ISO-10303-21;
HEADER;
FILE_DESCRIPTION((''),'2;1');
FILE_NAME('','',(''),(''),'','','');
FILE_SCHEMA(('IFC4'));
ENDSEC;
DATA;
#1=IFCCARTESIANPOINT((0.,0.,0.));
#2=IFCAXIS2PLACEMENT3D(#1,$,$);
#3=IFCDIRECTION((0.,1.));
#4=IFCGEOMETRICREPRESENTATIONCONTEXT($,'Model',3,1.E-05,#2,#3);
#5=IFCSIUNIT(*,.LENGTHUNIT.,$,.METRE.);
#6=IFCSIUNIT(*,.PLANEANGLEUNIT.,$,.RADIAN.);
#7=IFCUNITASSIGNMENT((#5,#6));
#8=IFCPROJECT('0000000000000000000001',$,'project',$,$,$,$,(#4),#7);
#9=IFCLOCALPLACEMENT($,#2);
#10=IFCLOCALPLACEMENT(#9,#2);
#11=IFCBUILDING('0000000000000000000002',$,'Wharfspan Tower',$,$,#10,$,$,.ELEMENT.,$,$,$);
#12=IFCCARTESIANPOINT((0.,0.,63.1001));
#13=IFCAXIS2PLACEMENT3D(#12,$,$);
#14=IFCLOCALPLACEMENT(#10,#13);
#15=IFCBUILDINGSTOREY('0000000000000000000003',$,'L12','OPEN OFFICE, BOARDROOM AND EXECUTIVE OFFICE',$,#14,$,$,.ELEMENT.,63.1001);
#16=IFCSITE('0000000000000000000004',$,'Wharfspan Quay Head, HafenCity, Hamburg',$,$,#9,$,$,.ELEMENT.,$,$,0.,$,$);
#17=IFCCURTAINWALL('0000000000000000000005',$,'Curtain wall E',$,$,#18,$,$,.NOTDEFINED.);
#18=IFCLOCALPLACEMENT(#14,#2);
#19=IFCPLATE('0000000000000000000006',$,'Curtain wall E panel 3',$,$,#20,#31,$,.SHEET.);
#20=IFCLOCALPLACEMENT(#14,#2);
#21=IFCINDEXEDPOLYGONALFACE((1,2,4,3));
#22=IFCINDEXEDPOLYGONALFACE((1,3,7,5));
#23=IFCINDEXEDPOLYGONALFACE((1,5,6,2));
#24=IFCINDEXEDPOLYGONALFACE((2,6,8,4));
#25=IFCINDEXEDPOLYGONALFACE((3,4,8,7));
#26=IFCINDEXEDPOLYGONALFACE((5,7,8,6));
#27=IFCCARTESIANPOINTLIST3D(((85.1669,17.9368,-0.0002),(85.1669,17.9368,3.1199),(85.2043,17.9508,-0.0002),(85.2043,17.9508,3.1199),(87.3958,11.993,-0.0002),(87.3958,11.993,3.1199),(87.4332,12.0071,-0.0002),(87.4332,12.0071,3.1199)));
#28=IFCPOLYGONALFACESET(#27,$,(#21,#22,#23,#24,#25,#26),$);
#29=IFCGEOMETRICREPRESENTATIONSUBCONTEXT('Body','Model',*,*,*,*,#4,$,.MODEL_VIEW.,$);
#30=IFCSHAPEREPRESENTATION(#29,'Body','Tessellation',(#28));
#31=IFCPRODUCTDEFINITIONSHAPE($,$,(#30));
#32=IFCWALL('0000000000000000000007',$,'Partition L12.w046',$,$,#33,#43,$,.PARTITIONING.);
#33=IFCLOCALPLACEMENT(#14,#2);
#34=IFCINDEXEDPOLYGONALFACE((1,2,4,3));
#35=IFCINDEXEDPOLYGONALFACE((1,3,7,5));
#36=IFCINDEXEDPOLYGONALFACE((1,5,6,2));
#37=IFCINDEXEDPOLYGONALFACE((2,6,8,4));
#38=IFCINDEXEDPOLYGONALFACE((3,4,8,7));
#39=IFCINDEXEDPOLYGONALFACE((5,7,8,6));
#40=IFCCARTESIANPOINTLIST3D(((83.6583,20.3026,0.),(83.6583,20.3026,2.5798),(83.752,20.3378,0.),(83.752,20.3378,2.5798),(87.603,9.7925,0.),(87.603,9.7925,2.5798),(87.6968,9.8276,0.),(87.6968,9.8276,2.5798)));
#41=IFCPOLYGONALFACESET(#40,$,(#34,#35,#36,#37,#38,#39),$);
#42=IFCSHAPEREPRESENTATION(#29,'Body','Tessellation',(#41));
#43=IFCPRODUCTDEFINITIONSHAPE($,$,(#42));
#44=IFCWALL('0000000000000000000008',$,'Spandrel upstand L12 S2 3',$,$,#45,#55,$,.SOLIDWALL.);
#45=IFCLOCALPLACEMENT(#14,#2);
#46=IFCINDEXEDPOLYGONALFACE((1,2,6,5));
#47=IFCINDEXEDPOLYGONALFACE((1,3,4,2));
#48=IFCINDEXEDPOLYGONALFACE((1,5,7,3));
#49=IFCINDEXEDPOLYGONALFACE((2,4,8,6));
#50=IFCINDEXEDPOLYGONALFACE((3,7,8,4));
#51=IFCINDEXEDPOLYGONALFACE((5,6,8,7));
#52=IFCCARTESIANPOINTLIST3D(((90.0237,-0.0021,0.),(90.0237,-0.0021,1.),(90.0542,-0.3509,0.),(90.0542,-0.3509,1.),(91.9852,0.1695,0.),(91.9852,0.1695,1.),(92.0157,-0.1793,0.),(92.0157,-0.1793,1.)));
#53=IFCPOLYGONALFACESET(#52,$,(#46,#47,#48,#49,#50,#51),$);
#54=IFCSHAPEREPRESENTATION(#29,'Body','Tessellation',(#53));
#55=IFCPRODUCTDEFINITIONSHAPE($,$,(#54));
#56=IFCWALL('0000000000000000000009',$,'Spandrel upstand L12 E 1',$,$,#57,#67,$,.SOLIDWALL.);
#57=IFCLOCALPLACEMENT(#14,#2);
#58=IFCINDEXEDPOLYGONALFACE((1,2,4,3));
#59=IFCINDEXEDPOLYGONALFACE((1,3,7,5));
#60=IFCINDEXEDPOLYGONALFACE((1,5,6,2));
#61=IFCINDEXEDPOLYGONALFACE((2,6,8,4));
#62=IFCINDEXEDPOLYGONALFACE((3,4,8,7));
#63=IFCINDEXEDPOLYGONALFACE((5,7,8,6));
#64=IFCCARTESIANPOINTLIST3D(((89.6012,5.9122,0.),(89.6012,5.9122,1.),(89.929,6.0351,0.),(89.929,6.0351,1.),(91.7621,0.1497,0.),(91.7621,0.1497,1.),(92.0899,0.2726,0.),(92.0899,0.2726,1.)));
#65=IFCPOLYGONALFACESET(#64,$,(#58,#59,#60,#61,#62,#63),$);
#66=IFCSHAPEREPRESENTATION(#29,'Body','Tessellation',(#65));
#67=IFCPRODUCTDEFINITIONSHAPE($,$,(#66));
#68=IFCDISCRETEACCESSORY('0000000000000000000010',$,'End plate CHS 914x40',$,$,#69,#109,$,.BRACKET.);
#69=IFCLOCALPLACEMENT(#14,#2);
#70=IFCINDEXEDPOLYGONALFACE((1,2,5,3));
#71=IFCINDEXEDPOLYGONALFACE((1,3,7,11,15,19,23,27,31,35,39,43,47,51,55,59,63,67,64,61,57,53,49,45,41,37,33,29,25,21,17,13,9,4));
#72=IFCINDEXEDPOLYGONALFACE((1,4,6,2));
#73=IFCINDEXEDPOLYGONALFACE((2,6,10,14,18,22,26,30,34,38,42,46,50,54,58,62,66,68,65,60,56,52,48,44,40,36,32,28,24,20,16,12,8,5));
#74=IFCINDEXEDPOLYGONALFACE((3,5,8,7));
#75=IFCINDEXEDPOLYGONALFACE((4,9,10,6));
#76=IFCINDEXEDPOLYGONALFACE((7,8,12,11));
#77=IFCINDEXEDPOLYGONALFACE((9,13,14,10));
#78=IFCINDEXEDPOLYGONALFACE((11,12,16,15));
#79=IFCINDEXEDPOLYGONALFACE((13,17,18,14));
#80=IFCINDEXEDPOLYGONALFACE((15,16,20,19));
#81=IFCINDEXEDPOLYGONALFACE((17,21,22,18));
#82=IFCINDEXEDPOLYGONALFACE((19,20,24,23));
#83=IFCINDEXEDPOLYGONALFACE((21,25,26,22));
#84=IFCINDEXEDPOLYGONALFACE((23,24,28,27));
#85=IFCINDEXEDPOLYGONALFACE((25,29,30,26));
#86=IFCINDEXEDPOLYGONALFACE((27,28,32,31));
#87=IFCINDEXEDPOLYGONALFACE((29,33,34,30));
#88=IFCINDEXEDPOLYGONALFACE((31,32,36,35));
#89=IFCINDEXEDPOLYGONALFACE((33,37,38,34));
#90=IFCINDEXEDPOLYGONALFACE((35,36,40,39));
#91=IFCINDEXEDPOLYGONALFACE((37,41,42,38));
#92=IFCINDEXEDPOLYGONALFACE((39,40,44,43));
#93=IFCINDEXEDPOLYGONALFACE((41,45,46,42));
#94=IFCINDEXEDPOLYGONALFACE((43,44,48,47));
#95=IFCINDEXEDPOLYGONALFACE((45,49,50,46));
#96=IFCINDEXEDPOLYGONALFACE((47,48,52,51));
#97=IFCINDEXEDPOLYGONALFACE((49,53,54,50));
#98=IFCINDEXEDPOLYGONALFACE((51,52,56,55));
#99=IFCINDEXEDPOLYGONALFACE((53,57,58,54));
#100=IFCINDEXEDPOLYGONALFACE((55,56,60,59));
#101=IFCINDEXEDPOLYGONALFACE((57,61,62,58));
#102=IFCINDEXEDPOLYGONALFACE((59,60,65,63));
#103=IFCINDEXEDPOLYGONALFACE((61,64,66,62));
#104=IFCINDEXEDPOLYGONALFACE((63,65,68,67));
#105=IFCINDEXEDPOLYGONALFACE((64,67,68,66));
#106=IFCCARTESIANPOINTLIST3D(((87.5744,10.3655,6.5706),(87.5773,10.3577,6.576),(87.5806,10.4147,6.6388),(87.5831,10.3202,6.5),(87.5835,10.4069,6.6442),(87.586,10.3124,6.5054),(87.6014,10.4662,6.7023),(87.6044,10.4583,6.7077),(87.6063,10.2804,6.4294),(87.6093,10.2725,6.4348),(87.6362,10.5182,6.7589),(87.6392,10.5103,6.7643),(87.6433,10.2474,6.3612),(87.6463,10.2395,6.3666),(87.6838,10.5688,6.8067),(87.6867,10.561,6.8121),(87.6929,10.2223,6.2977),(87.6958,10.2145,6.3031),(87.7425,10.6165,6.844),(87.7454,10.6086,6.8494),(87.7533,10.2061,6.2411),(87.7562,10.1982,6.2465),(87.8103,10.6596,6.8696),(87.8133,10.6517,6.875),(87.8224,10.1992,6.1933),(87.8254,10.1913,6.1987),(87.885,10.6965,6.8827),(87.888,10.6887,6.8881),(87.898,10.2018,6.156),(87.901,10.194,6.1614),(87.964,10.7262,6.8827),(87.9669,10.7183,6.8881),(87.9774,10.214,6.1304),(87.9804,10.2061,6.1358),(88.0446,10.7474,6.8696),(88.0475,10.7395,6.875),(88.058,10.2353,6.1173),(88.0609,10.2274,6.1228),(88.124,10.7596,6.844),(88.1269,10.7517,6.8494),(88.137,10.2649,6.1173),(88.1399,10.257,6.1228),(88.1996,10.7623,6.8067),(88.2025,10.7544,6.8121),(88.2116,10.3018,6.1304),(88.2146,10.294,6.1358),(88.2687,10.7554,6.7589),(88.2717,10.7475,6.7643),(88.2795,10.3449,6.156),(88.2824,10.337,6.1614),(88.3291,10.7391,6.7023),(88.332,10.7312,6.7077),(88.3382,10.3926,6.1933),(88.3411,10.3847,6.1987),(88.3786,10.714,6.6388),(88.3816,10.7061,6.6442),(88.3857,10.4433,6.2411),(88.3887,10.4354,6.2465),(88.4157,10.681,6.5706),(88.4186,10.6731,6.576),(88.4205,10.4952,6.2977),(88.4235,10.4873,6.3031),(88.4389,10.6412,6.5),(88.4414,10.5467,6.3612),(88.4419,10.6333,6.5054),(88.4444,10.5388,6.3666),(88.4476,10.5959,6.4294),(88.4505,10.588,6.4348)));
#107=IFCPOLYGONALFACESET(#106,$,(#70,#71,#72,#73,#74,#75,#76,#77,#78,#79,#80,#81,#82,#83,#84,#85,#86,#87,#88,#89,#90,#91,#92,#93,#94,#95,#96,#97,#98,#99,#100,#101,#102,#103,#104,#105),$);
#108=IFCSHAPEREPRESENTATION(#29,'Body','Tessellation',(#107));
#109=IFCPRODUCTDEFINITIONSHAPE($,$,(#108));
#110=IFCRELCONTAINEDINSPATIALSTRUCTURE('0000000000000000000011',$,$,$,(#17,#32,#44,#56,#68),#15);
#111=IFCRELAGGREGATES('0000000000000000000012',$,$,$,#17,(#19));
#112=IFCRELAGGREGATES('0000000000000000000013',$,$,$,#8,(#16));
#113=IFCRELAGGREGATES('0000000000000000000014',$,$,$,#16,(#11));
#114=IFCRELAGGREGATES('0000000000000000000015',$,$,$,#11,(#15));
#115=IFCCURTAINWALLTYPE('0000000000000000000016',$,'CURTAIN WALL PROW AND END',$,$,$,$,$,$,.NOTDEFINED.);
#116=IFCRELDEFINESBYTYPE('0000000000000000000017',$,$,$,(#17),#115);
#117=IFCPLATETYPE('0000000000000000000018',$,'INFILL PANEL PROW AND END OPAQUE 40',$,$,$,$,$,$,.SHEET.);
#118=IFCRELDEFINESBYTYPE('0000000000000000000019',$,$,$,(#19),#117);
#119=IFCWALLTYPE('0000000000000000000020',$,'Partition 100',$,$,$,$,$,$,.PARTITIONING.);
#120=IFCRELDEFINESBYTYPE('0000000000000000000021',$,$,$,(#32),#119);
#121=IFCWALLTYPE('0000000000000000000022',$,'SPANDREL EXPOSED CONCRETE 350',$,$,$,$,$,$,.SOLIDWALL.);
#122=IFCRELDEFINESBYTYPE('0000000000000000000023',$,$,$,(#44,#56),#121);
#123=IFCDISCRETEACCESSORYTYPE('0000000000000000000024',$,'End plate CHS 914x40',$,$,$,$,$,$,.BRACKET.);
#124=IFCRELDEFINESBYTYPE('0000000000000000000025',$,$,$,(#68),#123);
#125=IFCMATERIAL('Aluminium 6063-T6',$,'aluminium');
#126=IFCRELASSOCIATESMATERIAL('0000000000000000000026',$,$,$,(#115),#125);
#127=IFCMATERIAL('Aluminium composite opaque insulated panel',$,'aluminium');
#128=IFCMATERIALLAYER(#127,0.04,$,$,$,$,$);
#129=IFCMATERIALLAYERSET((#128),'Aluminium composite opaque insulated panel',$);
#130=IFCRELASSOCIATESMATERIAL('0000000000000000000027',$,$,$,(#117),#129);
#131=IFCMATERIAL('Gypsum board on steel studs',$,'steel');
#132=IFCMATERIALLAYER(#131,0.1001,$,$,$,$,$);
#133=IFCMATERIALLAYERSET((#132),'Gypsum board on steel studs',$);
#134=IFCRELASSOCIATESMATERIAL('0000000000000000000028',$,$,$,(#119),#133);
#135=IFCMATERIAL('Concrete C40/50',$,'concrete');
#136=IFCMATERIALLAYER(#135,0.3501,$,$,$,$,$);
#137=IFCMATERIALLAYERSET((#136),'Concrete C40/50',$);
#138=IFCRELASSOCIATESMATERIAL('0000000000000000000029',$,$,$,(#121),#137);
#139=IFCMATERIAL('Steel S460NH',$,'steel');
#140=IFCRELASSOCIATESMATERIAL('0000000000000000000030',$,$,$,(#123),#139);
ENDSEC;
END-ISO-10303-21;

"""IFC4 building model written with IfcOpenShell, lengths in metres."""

from ifc_helpers import new_model, si_unit, direction, frame, frame_2d, origin, origin_2d, place, context, subcontext, project, spatial, rectangle, circle, extrude, material, layer, layer_set, material_profile, profile_set, type_object, element, aggregate, save


model = new_model("IFC4")

# Units and contexts
model_context = context("Model", 3, precision=1e-05, world=origin(), true_north=direction((0.0, 1.0)))
body_context = subcontext(model_context, "Body", "Model", "MODEL_VIEW")
ifc_project = project(units=[si_unit("LENGTHUNIT", "METRE"), si_unit("PLANEANGLEUNIT", "RADIAN")], contexts=[model_context])

# Site, building, storey
site_placement = place(None, origin())
site = spatial("IfcSite", under=ifc_project, at=site_placement, Name="Wharfspan Quay Head, HafenCity, Hamburg", CompositionType="ELEMENT", RefElevation=0.0)
building_placement = place(site_placement, origin())
building = spatial("IfcBuilding", under=site, at=building_placement, Name="Wharfspan Tower", CompositionType="ELEMENT")
storey_placement = place(building_placement, frame((0.0, 0.0, 63.1001)))
storey = spatial("IfcBuildingStorey", under=building, at=storey_placement, Name="L12", Description="OPEN OFFICE, BOARDROOM AND EXECUTIVE OFFICE", CompositionType="ELEMENT", Elevation=63.1001)

# Curtain wall
ifc_material_1 = material(Name="Aluminium 6063-T6", Category="aluminium")
curtain_wall_type_1 = type_object("IfcCurtainWallType", Name="CURTAIN WALL PROW AND END", PredefinedType="NOTDEFINED", material=ifc_material_1)
curtain_wall_1_placement = place(storey_placement, origin())
curtain_wall_1 = element("IfcCurtainWall", 1, at=curtain_wall_1_placement, inside=storey, type_object=curtain_wall_type_1, Name="Curtain wall E", PredefinedType="NOTDEFINED")

# Shared definitions
ifc_material_2 = material(Name="Steel S460NH", Category="steel")

# Plate
ifc_material_3 = material(Name="Aluminium composite opaque insulated panel", Category="aluminium")
ifc_layer_1 = layer(ifc_material_3, 0.04)
ifc_layer_set_1 = layer_set([ifc_layer_1], Name="Aluminium composite opaque insulated panel")
plate_type_1 = type_object("IfcPlateType", Name="INFILL PANEL PROW AND END OPAQUE 40", PredefinedType="SHEET", material=ifc_layer_set_1)
plate_1_placement = place(storey_placement, frame((86.3, 14.9719, -0.0002), z_axis=(0.0, 0.0, 1.0), x_axis=(-0.351123, 0.936328, 0.0)))
plate_1 = element("IfcPlate", 2, at=plate_1_placement, type_object=plate_type_1, Name="Curtain wall E panel 3", PredefinedType="SHEET", context=body_context, shape_type="SweptSolid", body=[
    extrude(rectangle(XDim=6.3479, YDim=0.04, at=origin_2d()), origin(), (0.0, 0.0, 1.0), 3.1201),
])
aggregate(curtain_wall_1, [plate_1])

# Walls
ifc_material_4 = material(Name="Gypsum board on steel studs", Category="steel")
ifc_layer_2 = layer(ifc_material_4, 0.1001)
ifc_layer_set_2 = layer_set([ifc_layer_2], Name="Gypsum board on steel studs")
wall_type_1 = type_object("IfcWallType", Name="Partition 100", PredefinedType="PARTITIONING", material=ifc_layer_set_2)
wall_1_placement = place(storey_placement, frame((87.6499, 9.8101, 0.0), z_axis=(0.0, 0.0, 1.0), x_axis=(-0.351395, 0.936227, 0.0)))
element("IfcWall", 3, at=wall_1_placement, inside=storey, type_object=wall_type_1, Name="Partition L12.w046", PredefinedType="PARTITIONING", context=body_context, shape_type="SweptSolid", body=[
    extrude(rectangle(XDim=11.2261, YDim=0.1001, at=frame_2d((5.613, 0.0))), origin(), (0.0, 0.0, 1.0), 2.5798),
])
ifc_material_5 = material(Name="Concrete C40/50", Category="concrete")
ifc_layer_3 = layer(ifc_material_5, 0.3501)
ifc_layer_set_3 = layer_set([ifc_layer_3], Name="Concrete C40/50")
wall_type_2 = type_object("IfcWallType", Name="SPANDREL EXPOSED CONCRETE 350", PredefinedType="SOLIDWALL", material=ifc_layer_set_3)
wall_2_placement = place(storey_placement, frame((90.0391, -0.1765, 0.0), z_axis=(0.0, 0.0, 1.0), x_axis=(0.996193, 0.08717, 0.0)))
element("IfcWall", 4, at=wall_2_placement, inside=storey, type_object=wall_type_2, Name="Spandrel upstand L12 S2 3", PredefinedType="SOLIDWALL", context=body_context, shape_type="SweptSolid", body=[
    extrude(rectangle(XDim=1.969, YDim=0.3501, at=frame_2d((0.9844, 0.0))), origin(), (0.0, 0.0, 1.0), 1.0),
])
wall_3_placement = place(storey_placement, frame((91.926, 0.2112, 0.0), z_axis=(0.0, 0.0, 1.0), x_axis=(-0.351118, 0.936328, 0.0)))
element("IfcWall", 5, at=wall_3_placement, inside=storey, type_object=wall_type_2, Name="Spandrel upstand L12 E 1", PredefinedType="SOLIDWALL", context=body_context, shape_type="SweptSolid", body=[
    extrude(rectangle(XDim=6.1543, YDim=0.3501, at=frame_2d((3.0771, 0.0))), origin(), (0.0, 0.0, 1.0), 1.0),
])

# Discrete accessory
ifc_material_profile_1 = material_profile(ifc_material_2, circle(Radius=0.457, at=origin_2d()))
ifc_profile_set_1 = profile_set([ifc_material_profile_1], Name="Steel S460NH")
discrete_accessory_type = type_object("IfcDiscreteAccessoryType", Name="End plate CHS 914x40", PredefinedType="BRACKET", material=ifc_profile_set_1)
discrete_accessory_placement = place(storey_placement, frame((88.011, 10.4807, 6.5), z_axis=(0.295241, -0.787309, 0.541275), x_axis=(0.936333, 0.351125, 0.0)))
element("IfcDiscreteAccessory", 6, at=discrete_accessory_placement, inside=storey, type_object=discrete_accessory_type, Name="End plate CHS 914x40", PredefinedType="BRACKET", context=body_context, shape_type="SweptSolid", body=[
    extrude(circle(Radius=0.457, at=origin_2d()), origin(), (0.0, 0.0, 1.0), 0.01),
])

save(model, "model.ifc")
